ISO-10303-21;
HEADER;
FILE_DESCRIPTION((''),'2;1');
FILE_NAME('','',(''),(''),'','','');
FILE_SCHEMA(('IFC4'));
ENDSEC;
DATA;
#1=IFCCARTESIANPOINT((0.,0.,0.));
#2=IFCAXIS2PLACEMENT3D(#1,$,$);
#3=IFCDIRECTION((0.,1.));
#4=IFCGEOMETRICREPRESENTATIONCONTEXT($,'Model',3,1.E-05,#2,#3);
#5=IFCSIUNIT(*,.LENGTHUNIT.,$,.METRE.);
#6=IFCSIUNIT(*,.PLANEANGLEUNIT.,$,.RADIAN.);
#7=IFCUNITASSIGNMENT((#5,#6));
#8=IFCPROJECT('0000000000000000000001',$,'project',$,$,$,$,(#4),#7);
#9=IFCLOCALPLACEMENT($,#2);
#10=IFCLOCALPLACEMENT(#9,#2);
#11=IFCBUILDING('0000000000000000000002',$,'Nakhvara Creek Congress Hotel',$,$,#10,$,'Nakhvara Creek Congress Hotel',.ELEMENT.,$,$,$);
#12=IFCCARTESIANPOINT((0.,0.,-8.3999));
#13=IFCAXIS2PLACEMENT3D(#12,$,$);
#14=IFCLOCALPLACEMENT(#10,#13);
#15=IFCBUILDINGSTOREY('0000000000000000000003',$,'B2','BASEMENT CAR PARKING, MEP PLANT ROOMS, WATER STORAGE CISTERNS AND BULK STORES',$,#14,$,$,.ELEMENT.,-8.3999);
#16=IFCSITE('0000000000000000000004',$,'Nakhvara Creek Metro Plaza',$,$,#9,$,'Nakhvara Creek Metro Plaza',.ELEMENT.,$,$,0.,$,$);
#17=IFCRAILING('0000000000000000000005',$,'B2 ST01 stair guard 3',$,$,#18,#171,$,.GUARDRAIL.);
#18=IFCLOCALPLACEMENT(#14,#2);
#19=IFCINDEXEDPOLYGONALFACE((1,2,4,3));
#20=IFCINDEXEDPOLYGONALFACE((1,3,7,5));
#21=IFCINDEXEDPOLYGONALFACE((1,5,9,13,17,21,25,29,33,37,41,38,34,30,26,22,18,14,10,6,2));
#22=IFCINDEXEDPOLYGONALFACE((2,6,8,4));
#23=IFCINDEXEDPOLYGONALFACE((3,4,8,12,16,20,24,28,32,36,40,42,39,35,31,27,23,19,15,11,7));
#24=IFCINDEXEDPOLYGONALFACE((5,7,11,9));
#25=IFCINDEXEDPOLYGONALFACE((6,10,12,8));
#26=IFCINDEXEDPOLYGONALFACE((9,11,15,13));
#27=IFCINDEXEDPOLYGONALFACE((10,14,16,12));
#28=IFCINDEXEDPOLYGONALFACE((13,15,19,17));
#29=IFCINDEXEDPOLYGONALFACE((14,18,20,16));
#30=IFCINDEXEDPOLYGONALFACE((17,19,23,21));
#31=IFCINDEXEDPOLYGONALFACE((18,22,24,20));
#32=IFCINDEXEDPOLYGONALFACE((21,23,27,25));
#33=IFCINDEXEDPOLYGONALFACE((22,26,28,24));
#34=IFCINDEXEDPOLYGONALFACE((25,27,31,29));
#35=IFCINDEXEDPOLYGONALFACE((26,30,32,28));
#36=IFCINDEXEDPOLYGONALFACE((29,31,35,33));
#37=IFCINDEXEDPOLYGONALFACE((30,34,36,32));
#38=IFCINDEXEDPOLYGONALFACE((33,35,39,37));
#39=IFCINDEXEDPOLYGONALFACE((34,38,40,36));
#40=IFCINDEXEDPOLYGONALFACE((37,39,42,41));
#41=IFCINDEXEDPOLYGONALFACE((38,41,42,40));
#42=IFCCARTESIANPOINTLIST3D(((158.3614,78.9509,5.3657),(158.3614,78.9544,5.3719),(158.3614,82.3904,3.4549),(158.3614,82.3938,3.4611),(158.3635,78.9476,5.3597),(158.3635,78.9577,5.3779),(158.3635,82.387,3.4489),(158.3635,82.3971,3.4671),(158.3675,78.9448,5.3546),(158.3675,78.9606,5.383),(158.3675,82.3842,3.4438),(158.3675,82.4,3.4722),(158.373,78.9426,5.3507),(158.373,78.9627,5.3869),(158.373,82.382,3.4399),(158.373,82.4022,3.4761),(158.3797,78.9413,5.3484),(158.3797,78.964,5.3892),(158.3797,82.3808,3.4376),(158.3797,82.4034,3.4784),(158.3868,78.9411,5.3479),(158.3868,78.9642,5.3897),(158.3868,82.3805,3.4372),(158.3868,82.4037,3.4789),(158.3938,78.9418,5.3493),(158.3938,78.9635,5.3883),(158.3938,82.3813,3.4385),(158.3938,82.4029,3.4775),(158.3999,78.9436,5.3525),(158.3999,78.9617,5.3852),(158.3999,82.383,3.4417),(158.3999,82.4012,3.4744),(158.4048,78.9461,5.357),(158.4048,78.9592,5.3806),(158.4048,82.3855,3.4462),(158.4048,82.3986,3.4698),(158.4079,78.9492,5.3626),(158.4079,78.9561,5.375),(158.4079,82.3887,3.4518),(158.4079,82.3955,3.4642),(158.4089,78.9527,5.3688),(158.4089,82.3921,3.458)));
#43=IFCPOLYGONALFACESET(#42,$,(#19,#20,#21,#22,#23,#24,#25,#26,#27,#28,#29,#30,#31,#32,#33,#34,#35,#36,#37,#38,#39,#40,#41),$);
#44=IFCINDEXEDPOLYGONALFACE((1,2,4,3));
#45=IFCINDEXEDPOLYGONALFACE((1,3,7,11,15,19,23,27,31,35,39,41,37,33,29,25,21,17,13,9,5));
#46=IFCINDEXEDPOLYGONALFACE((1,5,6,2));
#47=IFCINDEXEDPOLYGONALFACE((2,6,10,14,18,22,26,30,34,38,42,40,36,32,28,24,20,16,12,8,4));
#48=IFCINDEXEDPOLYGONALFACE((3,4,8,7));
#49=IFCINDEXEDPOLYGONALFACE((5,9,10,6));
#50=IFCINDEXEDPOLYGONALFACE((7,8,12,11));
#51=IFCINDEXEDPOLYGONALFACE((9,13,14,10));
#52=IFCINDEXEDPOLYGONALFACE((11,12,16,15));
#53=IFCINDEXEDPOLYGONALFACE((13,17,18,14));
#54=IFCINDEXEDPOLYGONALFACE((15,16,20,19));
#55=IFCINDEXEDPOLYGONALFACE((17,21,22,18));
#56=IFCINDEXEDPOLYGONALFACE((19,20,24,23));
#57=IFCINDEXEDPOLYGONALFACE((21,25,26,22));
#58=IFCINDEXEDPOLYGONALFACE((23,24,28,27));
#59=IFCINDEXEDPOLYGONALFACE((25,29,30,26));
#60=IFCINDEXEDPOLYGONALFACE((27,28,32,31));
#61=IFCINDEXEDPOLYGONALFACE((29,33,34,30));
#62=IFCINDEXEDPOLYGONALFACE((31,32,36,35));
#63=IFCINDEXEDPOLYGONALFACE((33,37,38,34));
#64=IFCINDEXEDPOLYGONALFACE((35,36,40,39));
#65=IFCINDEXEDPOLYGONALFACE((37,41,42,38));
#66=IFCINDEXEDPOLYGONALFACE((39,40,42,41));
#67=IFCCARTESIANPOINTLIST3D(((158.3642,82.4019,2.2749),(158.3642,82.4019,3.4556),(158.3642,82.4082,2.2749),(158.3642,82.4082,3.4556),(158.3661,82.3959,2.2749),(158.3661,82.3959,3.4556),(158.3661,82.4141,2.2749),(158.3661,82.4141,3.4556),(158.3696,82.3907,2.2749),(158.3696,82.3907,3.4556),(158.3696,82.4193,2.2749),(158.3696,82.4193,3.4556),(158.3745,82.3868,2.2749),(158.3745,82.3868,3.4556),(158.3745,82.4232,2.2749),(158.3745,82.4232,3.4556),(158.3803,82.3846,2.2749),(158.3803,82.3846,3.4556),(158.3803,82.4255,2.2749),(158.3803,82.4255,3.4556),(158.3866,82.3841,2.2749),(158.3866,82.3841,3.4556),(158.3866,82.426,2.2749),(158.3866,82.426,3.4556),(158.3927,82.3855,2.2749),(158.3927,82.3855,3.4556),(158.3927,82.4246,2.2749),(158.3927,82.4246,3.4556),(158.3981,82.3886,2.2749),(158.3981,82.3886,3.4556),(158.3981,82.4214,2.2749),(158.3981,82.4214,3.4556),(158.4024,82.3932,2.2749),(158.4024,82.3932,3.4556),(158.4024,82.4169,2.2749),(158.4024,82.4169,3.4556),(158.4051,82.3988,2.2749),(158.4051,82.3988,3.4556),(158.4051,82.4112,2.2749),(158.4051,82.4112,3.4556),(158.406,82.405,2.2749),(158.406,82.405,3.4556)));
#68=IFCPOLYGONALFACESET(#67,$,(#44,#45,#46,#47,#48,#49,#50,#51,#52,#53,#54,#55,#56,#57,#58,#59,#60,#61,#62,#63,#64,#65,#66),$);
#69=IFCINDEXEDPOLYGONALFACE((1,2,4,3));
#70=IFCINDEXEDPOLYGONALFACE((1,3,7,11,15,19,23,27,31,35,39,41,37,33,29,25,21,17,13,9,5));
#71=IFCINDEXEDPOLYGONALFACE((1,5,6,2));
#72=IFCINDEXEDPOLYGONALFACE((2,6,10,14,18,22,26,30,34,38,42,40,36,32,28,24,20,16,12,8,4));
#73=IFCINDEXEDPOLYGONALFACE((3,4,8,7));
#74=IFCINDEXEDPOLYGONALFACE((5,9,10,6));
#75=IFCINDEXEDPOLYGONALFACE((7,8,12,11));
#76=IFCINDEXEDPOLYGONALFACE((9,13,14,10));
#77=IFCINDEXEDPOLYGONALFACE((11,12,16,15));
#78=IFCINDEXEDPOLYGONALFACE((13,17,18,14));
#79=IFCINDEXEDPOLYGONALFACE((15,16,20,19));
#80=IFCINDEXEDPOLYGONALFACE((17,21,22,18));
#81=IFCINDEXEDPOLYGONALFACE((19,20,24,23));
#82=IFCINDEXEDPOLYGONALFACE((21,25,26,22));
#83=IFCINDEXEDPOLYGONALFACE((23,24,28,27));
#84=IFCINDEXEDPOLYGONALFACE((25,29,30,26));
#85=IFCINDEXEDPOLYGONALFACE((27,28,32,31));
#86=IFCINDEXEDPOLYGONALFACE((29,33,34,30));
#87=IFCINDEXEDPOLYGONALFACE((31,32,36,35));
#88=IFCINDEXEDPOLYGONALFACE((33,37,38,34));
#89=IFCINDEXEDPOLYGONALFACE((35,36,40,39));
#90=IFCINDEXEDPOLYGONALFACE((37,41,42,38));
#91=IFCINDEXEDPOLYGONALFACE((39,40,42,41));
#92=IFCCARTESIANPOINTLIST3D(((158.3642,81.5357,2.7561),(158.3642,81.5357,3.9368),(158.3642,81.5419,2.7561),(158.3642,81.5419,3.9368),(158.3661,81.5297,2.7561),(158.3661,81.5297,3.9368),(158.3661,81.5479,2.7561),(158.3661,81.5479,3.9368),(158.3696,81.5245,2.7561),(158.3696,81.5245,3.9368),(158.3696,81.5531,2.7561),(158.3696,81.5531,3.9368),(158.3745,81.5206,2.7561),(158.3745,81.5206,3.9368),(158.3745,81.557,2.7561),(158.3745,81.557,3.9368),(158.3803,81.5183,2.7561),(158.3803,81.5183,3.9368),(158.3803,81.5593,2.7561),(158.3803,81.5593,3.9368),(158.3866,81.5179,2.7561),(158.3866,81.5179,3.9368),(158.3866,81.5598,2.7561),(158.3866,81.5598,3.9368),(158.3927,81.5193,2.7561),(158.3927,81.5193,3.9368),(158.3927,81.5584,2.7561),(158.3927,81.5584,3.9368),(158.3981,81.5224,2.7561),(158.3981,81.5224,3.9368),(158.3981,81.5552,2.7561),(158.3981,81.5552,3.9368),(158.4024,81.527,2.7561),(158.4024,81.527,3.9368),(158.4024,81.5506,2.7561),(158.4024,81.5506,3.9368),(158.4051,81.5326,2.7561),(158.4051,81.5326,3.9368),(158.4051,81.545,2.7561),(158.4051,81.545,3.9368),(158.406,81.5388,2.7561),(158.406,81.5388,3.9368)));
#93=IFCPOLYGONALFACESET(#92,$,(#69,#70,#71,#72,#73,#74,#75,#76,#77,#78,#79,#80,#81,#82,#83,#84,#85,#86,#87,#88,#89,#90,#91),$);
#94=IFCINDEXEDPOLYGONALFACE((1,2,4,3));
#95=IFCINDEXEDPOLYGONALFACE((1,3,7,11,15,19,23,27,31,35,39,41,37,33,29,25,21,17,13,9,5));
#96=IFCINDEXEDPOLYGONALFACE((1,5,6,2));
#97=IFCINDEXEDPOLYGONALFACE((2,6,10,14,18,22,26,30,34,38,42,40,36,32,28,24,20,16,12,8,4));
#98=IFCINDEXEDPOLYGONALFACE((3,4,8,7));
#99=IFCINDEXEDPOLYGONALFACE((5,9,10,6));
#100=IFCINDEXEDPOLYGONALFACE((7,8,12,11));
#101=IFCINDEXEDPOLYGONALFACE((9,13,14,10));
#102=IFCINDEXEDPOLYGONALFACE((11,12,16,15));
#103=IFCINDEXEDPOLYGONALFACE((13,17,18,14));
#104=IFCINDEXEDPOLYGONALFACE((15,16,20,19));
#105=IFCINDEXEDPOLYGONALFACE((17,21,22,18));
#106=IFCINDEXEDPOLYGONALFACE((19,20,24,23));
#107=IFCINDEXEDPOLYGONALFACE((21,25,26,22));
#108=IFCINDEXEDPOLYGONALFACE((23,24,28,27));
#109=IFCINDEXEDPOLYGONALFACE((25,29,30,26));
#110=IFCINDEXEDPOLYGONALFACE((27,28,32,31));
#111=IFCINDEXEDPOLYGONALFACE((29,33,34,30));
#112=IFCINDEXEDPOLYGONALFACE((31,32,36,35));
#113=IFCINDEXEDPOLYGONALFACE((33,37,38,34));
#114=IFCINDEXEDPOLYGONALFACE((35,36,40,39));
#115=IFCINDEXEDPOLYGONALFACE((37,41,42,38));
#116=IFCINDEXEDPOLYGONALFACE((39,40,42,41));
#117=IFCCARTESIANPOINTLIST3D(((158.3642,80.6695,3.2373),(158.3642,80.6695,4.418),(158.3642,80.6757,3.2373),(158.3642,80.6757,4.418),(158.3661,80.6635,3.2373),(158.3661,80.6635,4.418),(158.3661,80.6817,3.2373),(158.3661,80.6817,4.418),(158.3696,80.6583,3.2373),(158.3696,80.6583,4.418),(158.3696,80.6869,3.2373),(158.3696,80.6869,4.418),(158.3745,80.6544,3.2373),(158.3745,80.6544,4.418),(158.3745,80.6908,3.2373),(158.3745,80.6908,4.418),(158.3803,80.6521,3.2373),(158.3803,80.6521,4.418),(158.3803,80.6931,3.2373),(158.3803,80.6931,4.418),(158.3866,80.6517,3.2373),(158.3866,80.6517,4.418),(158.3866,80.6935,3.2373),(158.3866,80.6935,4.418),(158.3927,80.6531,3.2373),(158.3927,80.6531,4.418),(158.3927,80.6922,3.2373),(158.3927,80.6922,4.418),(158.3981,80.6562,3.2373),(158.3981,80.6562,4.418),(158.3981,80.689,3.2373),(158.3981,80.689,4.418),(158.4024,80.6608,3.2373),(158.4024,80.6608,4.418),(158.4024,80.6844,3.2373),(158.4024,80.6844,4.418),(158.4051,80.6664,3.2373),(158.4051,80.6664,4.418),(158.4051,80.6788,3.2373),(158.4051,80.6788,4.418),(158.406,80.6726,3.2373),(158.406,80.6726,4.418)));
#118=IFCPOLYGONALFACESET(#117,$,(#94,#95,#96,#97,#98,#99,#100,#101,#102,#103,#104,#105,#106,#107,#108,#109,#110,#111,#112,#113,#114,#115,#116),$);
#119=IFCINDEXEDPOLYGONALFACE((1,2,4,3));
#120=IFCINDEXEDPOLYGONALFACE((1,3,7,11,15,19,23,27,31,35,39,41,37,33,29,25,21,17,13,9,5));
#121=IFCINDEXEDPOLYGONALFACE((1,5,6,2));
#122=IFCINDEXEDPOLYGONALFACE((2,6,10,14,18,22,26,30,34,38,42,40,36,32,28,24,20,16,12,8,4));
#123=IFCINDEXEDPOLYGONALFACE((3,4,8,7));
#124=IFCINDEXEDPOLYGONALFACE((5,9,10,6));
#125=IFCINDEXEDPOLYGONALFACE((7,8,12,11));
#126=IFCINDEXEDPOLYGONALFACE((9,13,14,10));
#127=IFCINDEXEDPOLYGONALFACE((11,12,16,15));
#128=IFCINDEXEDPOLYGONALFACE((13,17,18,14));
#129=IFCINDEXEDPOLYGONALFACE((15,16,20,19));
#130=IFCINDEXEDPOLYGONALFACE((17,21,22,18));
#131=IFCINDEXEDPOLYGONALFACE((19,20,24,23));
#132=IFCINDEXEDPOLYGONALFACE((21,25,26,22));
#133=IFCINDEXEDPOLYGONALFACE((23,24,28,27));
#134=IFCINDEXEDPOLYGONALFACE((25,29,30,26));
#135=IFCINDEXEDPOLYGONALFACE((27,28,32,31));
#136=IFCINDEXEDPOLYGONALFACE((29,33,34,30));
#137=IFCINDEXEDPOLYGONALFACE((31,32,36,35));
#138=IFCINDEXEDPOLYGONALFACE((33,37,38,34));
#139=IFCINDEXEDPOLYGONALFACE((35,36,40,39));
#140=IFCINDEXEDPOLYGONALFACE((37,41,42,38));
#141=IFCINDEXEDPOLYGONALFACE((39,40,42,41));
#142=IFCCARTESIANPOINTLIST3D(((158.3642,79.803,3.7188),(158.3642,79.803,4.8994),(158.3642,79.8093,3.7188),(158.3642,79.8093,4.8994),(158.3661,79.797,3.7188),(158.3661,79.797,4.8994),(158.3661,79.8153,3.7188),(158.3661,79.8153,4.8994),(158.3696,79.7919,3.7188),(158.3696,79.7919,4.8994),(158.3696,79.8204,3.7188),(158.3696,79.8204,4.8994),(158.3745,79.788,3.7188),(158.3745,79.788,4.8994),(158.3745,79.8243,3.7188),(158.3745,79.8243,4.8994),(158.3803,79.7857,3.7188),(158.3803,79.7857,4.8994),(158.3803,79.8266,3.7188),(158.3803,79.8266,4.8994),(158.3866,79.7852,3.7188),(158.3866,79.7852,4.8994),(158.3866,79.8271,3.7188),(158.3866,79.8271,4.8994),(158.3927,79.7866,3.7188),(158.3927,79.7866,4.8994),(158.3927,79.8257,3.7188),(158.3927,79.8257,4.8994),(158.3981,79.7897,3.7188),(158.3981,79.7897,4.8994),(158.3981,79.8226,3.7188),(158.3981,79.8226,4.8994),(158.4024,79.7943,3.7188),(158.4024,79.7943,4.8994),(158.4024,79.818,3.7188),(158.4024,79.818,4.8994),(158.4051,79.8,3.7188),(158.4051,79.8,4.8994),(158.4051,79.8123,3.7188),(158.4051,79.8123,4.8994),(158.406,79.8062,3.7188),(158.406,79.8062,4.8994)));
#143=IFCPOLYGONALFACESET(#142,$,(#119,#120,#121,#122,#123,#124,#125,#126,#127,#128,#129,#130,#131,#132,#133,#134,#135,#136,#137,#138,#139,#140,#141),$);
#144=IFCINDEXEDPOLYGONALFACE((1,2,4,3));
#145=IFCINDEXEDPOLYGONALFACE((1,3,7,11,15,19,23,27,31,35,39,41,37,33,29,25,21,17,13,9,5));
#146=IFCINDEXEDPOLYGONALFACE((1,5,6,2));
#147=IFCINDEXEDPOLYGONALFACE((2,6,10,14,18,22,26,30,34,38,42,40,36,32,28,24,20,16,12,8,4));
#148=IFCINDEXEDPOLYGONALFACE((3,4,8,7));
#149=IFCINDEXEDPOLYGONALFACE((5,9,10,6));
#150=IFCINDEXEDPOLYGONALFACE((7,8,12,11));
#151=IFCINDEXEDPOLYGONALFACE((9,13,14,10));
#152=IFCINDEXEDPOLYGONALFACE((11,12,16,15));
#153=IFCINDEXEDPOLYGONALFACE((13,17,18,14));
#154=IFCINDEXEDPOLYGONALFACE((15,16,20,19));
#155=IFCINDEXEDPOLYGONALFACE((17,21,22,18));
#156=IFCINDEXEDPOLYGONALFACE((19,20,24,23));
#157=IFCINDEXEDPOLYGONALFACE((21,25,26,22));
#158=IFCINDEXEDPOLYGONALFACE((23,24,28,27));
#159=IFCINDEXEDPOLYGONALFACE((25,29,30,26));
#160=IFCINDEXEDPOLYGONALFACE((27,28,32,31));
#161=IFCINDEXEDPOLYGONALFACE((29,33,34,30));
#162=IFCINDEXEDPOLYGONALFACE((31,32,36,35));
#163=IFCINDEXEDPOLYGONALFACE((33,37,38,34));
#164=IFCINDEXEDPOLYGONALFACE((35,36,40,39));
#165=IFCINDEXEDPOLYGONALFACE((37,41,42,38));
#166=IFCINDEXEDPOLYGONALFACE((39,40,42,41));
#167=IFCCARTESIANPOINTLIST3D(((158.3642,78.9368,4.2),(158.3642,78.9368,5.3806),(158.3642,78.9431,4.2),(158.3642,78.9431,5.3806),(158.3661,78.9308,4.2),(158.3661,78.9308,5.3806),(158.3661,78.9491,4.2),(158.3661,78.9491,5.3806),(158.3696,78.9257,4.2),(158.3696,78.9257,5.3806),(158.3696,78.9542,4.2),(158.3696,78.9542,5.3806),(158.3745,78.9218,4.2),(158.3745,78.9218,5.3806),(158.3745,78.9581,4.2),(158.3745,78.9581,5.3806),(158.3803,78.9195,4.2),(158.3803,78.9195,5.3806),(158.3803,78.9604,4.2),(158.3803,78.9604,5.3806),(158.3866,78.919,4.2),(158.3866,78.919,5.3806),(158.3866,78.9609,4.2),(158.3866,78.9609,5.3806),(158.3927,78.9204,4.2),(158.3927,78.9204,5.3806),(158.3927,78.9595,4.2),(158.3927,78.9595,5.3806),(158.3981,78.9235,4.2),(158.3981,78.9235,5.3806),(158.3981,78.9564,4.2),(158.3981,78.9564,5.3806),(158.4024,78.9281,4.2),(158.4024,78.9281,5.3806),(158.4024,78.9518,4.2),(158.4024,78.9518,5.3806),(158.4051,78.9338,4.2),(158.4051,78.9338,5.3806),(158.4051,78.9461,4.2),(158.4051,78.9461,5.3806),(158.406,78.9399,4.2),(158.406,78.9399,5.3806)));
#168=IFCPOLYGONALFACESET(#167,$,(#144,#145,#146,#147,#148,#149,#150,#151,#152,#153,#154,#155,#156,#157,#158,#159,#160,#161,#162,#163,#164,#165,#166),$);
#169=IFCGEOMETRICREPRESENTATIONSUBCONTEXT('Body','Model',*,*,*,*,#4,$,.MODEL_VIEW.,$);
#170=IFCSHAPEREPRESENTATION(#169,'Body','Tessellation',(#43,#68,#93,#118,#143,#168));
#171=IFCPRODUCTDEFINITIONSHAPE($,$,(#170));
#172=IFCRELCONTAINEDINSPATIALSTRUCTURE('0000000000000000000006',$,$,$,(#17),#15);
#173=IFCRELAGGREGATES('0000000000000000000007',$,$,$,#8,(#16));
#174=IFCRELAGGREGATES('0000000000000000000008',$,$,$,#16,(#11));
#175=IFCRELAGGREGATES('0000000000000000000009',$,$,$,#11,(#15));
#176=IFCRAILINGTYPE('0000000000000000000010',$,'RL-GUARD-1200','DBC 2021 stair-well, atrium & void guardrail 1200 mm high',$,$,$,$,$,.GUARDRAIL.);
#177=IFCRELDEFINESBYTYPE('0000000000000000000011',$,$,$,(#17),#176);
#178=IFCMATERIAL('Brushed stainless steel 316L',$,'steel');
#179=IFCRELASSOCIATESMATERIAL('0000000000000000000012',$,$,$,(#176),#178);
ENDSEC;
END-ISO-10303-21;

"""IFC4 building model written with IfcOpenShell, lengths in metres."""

from ifc_helpers import new_model, si_unit, direction, frame, origin, origin_2d, place, context, subcontext, project, spatial, circle, extrude, material, type_object, element, save


model = new_model("IFC4")

# Units and contexts
model_context = context("Model", 3, precision=1e-05, world=origin(), true_north=direction((0.0, 1.0)))
body_context = subcontext(model_context, "Body", "Model", "MODEL_VIEW")
ifc_project = project(units=[si_unit("LENGTHUNIT", "METRE"), si_unit("PLANEANGLEUNIT", "RADIAN")], contexts=[model_context])

# Site, building, storey
site_placement = place(None, origin())
site = spatial("IfcSite", under=ifc_project, at=site_placement, Name="Nakhvara Creek Metro Plaza", LongName="Nakhvara Creek Metro Plaza", CompositionType="ELEMENT", RefElevation=0.0)
building_placement = place(site_placement, origin())
building = spatial("IfcBuilding", under=site, at=building_placement, Name="Nakhvara Creek Congress Hotel", LongName="Nakhvara Creek Congress Hotel", CompositionType="ELEMENT")
storey_placement = place(building_placement, frame((0.0, 0.0, -8.3999)))
storey = spatial("IfcBuildingStorey", under=building, at=storey_placement, Name="B2", Description="BASEMENT CAR PARKING, MEP PLANT ROOMS, WATER STORAGE CISTERNS AND BULK STORES", CompositionType="ELEMENT", Elevation=-8.3999)

# Railing
ifc_material_1 = material(Name="Brushed stainless steel 316L", Category="steel")
railing_type_1 = type_object("IfcRailingType", Name="RL-GUARD-1200", Description="DBC 2021 stair-well, atrium & void guardrail 1200 mm high", PredefinedType="GUARDRAIL", material=ifc_material_1)
railing_1_placement = place(storey_placement, frame((158.385, 82.405, 2.2749)))
element("IfcRailing", 1, at=railing_1_placement, inside=storey, type_object=railing_type_1, Name="B2 ST01 stair guard 3", PredefinedType="GUARDRAIL", context=body_context, shape_type="SweptSolid", body=[
    extrude(circle(Radius=0.0239, at=origin_2d()), frame((0.0, -0.0129, 1.1831), z_axis=(0.0, -0.874157, 0.485643), x_axis=(1.0, 0.0, 0.0)), (0.0, 0.0, 1.0), 3.9346),
    extrude(circle(Radius=0.021, at=origin_2d()), origin(), (0.0, 0.0, 1.0), 1.1807),
    extrude(circle(Radius=0.021, at=origin_2d()), frame((0.0, -0.8662, 0.4812)), (0.0, 0.0, 1.0), 1.1807),
    extrude(circle(Radius=0.021, at=origin_2d()), frame((0.0, -1.7324, 0.9624)), (0.0, 0.0, 1.0), 1.1807),
    extrude(circle(Radius=0.021, at=origin_2d()), frame((0.0, -2.5989, 1.4438)), (0.0, 0.0, 1.0), 1.1807),
    extrude(circle(Radius=0.021, at=origin_2d()), frame((0.0, -3.4651, 1.925)), (0.0, 0.0, 1.0), 1.1807),
])

save(model, "model.ifc")
